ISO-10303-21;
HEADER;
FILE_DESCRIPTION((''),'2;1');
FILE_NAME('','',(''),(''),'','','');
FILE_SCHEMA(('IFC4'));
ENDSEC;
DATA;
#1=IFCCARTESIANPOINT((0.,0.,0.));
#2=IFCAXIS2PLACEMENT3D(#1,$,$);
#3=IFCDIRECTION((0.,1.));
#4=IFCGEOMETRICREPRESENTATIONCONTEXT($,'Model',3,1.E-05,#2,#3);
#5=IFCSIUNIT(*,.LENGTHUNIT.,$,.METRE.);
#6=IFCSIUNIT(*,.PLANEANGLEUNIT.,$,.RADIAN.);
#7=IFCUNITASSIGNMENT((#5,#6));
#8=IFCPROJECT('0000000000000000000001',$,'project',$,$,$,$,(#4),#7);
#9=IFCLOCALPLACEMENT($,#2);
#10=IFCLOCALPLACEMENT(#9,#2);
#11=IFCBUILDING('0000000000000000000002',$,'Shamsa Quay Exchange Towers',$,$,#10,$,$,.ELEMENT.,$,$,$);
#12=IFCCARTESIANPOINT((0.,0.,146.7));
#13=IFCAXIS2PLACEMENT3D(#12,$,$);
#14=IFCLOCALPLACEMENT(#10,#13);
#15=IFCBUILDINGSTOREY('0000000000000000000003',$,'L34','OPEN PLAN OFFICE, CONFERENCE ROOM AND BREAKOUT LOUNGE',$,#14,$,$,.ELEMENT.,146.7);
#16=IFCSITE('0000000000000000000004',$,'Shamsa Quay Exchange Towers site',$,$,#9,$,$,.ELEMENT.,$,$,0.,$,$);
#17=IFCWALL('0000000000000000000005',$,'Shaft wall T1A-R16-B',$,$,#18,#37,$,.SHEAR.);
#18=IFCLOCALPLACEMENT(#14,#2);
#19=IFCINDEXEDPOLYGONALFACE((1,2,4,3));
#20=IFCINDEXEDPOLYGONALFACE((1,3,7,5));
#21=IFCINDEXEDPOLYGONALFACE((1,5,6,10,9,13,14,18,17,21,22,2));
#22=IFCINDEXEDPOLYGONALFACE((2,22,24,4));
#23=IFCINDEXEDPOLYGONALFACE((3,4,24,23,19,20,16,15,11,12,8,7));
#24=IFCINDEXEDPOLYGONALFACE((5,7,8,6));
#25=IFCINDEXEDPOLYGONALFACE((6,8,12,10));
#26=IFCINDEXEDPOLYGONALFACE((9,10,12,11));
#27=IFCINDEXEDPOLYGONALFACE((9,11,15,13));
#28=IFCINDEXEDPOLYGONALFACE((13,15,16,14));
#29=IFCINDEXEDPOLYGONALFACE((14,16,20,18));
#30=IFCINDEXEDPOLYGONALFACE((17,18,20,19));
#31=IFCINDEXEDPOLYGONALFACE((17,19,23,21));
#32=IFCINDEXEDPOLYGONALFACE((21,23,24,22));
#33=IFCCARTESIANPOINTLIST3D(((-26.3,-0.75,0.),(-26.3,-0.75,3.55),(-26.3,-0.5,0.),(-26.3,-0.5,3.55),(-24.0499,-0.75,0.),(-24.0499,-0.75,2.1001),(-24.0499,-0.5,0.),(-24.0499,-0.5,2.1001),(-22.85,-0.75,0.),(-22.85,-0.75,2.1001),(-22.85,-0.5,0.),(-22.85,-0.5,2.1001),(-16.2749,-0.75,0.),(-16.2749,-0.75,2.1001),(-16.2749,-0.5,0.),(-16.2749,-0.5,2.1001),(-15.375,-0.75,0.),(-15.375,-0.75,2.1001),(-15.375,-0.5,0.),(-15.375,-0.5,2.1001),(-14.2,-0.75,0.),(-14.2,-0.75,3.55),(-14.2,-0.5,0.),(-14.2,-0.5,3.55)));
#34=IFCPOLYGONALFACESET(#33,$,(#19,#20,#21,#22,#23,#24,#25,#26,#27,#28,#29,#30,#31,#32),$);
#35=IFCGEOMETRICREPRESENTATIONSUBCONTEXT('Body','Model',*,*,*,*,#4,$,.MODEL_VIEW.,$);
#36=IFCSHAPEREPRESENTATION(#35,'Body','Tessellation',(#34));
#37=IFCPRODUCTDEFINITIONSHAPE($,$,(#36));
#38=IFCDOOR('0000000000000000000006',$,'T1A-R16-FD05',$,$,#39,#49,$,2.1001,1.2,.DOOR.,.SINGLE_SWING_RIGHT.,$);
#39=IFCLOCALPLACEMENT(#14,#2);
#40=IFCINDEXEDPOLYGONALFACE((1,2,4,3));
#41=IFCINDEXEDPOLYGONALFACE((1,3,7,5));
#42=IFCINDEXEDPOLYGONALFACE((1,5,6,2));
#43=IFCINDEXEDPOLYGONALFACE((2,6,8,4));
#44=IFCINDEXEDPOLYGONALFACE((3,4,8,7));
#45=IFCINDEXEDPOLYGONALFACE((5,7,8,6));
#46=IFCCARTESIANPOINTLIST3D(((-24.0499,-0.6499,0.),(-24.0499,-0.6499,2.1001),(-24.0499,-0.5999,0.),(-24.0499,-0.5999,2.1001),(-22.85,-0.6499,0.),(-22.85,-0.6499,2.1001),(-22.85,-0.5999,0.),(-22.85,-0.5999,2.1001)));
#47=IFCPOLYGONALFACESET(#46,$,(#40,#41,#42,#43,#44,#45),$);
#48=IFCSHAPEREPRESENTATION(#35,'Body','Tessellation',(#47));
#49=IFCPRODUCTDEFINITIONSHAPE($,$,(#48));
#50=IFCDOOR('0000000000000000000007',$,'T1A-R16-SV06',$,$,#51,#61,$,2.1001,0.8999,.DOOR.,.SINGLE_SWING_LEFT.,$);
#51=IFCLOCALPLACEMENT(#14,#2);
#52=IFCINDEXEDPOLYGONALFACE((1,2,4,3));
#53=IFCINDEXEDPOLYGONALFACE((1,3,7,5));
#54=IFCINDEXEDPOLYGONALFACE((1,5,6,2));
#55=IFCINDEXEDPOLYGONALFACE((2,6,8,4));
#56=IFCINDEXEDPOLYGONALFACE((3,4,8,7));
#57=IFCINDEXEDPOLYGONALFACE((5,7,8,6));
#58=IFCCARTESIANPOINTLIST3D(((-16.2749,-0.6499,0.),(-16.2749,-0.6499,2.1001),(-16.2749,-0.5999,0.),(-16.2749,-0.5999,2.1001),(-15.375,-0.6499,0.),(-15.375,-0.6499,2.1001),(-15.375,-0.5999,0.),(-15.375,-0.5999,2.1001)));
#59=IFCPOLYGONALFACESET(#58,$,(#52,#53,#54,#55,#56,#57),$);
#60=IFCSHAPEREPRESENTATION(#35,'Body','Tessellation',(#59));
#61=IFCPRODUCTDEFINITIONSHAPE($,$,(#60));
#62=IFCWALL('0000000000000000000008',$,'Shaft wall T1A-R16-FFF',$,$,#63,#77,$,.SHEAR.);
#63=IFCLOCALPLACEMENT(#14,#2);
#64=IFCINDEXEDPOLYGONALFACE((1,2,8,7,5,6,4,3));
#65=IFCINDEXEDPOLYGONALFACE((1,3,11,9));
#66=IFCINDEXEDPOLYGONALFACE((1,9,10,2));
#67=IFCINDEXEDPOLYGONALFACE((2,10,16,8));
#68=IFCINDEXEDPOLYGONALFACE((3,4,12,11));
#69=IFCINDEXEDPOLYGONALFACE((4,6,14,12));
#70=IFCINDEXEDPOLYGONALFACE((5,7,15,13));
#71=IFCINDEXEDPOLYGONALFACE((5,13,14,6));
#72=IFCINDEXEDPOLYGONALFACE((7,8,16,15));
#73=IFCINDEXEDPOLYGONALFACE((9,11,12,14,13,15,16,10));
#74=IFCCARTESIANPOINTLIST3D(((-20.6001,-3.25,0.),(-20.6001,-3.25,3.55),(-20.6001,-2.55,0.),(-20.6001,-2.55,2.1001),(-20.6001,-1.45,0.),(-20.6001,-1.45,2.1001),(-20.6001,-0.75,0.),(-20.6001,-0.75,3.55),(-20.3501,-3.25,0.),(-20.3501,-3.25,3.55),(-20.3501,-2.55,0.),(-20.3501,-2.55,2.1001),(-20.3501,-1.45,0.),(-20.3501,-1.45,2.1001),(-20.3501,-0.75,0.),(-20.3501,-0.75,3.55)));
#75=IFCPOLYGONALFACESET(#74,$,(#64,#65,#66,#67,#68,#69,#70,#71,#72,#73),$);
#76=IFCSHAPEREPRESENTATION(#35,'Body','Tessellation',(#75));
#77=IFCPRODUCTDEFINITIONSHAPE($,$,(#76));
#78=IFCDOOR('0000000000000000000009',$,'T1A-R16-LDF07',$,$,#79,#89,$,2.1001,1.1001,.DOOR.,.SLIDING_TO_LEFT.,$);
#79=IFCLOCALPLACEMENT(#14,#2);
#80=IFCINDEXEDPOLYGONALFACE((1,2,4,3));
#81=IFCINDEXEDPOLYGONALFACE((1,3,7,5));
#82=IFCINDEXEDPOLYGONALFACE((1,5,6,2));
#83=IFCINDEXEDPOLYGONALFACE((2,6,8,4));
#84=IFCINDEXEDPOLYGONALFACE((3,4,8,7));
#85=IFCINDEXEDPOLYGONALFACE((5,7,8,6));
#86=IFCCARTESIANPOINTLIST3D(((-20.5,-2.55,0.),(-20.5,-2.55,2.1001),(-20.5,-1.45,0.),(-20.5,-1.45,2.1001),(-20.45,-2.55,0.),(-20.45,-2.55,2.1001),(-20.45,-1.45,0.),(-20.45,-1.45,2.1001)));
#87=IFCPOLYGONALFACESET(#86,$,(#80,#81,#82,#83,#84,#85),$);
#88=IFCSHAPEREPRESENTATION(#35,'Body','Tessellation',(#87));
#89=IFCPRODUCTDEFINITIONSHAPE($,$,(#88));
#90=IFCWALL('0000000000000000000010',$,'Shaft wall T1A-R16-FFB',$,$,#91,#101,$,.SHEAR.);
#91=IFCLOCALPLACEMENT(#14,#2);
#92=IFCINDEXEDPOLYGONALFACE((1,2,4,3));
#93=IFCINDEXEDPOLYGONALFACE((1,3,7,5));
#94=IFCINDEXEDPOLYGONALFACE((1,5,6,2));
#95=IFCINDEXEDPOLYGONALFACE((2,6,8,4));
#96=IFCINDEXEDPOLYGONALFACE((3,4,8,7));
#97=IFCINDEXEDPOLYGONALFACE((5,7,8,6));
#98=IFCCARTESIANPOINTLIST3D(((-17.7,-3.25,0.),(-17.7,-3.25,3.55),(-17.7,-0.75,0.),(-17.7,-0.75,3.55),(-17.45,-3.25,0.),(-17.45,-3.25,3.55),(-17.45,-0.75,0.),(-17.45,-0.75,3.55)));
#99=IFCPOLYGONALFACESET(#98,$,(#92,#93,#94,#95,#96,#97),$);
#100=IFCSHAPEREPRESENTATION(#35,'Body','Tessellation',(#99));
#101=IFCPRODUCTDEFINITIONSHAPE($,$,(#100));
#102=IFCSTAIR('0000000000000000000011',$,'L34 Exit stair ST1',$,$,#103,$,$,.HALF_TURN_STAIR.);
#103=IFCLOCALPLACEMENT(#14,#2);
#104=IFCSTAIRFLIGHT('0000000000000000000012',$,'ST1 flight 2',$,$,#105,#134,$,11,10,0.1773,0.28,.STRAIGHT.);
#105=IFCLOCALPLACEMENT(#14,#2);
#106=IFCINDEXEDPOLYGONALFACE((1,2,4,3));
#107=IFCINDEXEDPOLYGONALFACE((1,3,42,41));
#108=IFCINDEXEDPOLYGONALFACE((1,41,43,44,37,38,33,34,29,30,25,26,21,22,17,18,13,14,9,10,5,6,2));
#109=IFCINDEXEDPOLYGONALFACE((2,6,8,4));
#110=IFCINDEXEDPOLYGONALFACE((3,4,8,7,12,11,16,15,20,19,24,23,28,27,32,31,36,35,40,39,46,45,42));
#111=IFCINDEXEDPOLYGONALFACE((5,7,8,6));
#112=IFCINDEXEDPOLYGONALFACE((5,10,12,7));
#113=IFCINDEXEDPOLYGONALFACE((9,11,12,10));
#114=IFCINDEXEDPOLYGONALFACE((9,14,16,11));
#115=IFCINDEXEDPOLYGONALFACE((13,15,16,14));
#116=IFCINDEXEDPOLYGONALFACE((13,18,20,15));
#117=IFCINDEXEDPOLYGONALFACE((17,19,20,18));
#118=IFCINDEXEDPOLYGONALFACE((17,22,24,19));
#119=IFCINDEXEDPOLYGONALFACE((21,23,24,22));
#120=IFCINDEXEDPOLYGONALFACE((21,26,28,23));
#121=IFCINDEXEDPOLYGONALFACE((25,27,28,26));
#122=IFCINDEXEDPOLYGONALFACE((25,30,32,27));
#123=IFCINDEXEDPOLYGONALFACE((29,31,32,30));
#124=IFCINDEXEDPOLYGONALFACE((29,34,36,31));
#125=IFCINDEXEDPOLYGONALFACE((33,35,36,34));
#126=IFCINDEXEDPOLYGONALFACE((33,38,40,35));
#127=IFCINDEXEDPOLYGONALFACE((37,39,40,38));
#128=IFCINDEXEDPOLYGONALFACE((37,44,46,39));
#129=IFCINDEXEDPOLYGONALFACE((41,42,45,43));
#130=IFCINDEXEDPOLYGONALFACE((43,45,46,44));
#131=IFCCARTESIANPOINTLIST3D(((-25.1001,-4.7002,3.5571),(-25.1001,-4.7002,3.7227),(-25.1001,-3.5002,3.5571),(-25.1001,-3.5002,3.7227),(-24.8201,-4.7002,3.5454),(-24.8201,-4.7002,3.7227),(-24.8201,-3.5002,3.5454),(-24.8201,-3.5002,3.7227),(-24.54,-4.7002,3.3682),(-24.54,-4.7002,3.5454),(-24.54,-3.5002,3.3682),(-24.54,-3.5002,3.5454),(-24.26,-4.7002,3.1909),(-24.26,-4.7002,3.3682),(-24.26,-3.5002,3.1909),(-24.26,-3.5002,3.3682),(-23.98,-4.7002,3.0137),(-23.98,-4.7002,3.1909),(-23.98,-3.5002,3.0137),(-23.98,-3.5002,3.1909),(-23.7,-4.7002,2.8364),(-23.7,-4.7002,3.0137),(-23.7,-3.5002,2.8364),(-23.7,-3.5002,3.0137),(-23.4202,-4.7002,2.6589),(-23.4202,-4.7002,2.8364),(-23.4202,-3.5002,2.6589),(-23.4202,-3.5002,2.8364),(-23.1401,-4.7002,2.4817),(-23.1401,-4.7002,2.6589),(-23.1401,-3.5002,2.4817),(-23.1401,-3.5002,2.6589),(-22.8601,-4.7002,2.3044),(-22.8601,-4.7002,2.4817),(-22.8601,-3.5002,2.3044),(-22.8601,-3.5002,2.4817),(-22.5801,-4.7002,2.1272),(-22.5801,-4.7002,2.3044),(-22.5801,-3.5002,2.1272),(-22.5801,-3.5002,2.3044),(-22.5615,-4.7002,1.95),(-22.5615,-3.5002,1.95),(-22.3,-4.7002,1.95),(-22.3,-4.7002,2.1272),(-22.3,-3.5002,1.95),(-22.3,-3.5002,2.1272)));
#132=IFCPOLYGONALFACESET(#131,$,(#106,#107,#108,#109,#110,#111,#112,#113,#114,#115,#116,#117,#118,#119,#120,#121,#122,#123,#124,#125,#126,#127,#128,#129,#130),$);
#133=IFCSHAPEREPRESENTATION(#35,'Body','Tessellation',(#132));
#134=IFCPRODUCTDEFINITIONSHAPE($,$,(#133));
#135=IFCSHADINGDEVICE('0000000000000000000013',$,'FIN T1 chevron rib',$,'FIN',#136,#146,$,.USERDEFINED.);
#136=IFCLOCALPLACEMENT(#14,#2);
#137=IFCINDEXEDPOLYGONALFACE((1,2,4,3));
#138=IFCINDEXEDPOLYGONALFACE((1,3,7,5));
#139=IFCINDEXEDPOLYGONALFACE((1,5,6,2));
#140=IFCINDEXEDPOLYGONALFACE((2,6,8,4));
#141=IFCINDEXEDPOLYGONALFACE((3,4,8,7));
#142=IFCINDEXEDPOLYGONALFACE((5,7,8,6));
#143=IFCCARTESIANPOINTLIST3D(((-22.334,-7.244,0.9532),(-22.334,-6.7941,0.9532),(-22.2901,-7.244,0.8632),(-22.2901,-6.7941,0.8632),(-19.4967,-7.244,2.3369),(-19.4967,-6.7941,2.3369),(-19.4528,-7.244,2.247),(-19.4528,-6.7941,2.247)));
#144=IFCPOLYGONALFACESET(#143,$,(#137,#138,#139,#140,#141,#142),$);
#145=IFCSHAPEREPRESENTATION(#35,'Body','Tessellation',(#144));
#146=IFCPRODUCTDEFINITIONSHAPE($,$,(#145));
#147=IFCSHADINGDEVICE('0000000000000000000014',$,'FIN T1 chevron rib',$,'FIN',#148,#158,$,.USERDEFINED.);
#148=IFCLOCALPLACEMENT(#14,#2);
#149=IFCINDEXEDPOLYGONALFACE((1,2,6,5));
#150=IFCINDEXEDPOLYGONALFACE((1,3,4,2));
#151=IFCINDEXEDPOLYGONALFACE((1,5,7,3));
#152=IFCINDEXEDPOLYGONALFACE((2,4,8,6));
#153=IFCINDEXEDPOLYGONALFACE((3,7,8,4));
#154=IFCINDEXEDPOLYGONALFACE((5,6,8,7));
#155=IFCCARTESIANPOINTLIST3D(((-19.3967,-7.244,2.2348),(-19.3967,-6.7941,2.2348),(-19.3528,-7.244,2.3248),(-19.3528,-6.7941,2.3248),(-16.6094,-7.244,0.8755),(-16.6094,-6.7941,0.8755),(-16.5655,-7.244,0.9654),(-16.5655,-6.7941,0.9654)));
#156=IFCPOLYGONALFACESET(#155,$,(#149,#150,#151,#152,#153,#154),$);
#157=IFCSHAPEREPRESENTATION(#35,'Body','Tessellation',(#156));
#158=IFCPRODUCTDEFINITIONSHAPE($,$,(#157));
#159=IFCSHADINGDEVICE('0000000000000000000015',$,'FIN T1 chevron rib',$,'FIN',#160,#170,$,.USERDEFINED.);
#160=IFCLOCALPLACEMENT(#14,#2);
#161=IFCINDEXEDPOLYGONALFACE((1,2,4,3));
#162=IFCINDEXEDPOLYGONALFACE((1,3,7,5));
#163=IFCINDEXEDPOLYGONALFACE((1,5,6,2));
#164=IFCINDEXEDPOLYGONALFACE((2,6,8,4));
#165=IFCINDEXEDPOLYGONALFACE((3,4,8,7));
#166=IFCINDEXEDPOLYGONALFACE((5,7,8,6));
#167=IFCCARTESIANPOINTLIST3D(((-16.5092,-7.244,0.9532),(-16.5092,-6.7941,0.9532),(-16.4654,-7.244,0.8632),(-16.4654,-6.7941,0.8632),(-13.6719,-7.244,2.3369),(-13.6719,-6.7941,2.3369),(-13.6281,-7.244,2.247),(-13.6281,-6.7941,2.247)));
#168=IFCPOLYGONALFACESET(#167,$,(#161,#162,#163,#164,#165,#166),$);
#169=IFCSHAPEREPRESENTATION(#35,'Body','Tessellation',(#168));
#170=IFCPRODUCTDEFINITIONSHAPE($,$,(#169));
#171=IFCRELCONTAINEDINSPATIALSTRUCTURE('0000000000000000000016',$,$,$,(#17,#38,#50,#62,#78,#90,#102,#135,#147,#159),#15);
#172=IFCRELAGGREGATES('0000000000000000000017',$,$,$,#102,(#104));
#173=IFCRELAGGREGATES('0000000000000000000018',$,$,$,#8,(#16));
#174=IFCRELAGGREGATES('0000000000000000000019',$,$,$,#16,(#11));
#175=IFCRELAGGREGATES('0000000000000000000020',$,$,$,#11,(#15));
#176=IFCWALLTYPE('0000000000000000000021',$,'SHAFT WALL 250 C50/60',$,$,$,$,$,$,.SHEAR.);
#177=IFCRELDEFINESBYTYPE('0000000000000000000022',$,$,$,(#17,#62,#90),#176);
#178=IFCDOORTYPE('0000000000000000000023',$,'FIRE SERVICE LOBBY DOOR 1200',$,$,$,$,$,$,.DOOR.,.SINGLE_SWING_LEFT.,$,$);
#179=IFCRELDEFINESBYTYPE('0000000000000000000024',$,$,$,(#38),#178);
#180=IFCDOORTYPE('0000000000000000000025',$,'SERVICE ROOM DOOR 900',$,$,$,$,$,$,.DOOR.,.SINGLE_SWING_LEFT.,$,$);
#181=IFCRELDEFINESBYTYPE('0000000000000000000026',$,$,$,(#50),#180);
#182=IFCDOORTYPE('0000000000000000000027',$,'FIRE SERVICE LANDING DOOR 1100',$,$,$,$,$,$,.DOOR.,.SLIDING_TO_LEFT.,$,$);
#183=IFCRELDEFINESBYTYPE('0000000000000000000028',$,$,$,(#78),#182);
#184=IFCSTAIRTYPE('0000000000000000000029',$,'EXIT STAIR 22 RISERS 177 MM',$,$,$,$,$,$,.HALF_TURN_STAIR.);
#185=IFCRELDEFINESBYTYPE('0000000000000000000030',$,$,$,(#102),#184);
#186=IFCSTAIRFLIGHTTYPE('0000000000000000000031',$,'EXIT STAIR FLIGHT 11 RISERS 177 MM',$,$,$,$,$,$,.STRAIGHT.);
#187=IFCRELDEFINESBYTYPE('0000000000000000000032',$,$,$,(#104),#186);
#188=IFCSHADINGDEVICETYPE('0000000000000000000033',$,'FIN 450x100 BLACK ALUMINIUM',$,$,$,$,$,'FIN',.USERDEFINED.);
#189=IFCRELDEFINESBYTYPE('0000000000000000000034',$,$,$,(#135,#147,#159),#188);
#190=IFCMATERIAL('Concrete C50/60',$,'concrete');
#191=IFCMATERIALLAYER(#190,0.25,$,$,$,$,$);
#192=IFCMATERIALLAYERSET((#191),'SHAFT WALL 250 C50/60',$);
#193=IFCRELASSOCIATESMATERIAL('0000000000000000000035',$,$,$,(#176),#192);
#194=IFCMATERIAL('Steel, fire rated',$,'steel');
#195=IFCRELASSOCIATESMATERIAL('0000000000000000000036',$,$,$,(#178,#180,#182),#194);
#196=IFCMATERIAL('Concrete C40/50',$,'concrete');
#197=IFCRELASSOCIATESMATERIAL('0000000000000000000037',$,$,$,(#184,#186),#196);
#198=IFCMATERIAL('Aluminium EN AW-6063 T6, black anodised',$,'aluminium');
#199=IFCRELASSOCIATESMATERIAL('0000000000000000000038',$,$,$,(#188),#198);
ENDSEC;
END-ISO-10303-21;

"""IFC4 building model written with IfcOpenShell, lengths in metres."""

from ifc_helpers import new_model, si_unit, direction, frame, frame_2d, origin, origin_2d, place, context, subcontext, project, spatial, polyline, rectangle, outline, extrude, material, layer, layer_set, material_profile, profile_set, type_object, element, fill, aggregate, save


model = new_model("IFC4")

# Units and contexts
model_context = context("Model", 3, precision=1e-05, world=origin(), true_north=direction((0.0, 1.0)))
body_context = subcontext(model_context, "Body", "Model", "MODEL_VIEW")
ifc_project = project(units=[si_unit("LENGTHUNIT", "METRE"), si_unit("PLANEANGLEUNIT", "RADIAN")], contexts=[model_context])

# Site, building, storey
site_placement = place(None, origin())
site = spatial("IfcSite", under=ifc_project, at=site_placement, Name="Shamsa Quay Exchange Towers site", CompositionType="ELEMENT", RefElevation=0.0)
building_placement = place(site_placement, origin())
building = spatial("IfcBuilding", under=site, at=building_placement, Name="Shamsa Quay Exchange Towers", CompositionType="ELEMENT")
storey_placement = place(building_placement, frame((0.0, 0.0, 146.7)))
storey = spatial("IfcBuildingStorey", under=building, at=storey_placement, Name="L34", Description="OPEN PLAN OFFICE, CONFERENCE ROOM AND BREAKOUT LOUNGE", CompositionType="ELEMENT", Elevation=146.7)

# Shared definitions
ifc_material_1 = material(Name="Aluminium EN AW-6063 T6, black anodised", Category="aluminium")

# Shared definitions
ifc_material_2 = material(Name="Concrete C50/60", Category="concrete")
ifc_layer_1 = layer(ifc_material_2, 0.25)
ifc_layer_set_1 = layer_set([ifc_layer_1], Name="SHAFT WALL 250 C50/60")
wall_type = type_object("IfcWallType", Name="SHAFT WALL 250 C50/60", PredefinedType="SHEAR", material=ifc_layer_set_1)
ifc_material_3 = material(Name="Steel, fire rated", Category="steel")

# Wall, openings, doors
wall_1_placement = place(storey_placement, frame((-14.2, -0.625, 0.0), z_axis=(0.0, 0.0, 1.0), x_axis=(-1.0, 0.0, 0.0)))
wall_1 = element("IfcWall", 1, at=wall_1_placement, inside=storey, type_object=wall_type, Name="Shaft wall T1A-R16-B", PredefinedType="SHEAR", context=body_context, shape_type="SweptSolid", body=[
    extrude(rectangle(XDim=12.1001, YDim=0.25, at=frame_2d((6.05, 0.0))), origin(), (0.0, 0.0, 1.0), 3.55),
])
opening_1_placement = place(wall_1_placement, frame((8.6499, 0.0, 0.0)))
opening_1 = element("IfcOpeningElement", 2, at=opening_1_placement, cuts=wall_1, PredefinedType="OPENING", context=body_context, shape_type="SweptSolid", body=[
    extrude(rectangle(XDim=1.2, YDim=2.1001, at=frame_2d((0.6001, 1.05))), frame((0.0, 0.135, 0.0), z_axis=(0.0, -1.0, 0.0), x_axis=(1.0, 0.0, 0.0)), (0.0, 0.0, 1.0), 0.27),
])
opening_2_placement = place(wall_1_placement, frame((1.175, 0.0, 0.0)))
opening_2 = element("IfcOpeningElement", 3, at=opening_2_placement, cuts=wall_1, PredefinedType="OPENING", context=body_context, shape_type="SweptSolid", body=[
    extrude(rectangle(XDim=0.8999, YDim=2.1001, at=frame_2d((0.45, 1.05))), frame((0.0, 0.135, 0.0), z_axis=(0.0, -1.0, 0.0), x_axis=(1.0, 0.0, 0.0)), (0.0, 0.0, 1.0), 0.27),
])
door_type_1 = type_object("IfcDoorType", Name="FIRE SERVICE LOBBY DOOR 1200", OperationType="SINGLE_SWING_LEFT", PredefinedType="DOOR", material=ifc_material_3)
door_1_placement = place(opening_1_placement, origin())
door_1 = element("IfcDoor", 4, at=door_1_placement, inside=storey, type_object=door_type_1, Name="T1A-R16-FD05", OperationType="SINGLE_SWING_RIGHT", OverallHeight=2.1001, OverallWidth=1.2, PredefinedType="DOOR", context=body_context, shape_type="SweptSolid", body=[
    extrude(rectangle(XDim=1.2, YDim=2.1001, at=frame_2d((0.6001, 1.05))), frame((0.0, 0.0249, 0.0), z_axis=(0.0, -1.0, 0.0), x_axis=(1.0, 0.0, 0.0)), (0.0, 0.0, 1.0), 0.05),
])
fill(opening_1, door_1)
door_type_2 = type_object("IfcDoorType", Name="SERVICE ROOM DOOR 900", OperationType="SINGLE_SWING_LEFT", PredefinedType="DOOR", material=ifc_material_3)
door_2_placement = place(opening_2_placement, origin())
door_2 = element("IfcDoor", 5, at=door_2_placement, inside=storey, type_object=door_type_2, Name="T1A-R16-SV06", OperationType="SINGLE_SWING_LEFT", OverallHeight=2.1001, OverallWidth=0.8999, PredefinedType="DOOR", context=body_context, shape_type="SweptSolid", body=[
    extrude(rectangle(XDim=0.8999, YDim=2.1001, at=frame_2d((0.45, 1.05))), frame((0.0, 0.0249, 0.0), z_axis=(0.0, -1.0, 0.0), x_axis=(1.0, 0.0, 0.0)), (0.0, 0.0, 1.0), 0.05),
])
fill(opening_2, door_2)

# Wall, opening, door
wall_2_placement = place(storey_placement, frame((-20.4751, -3.25, 0.0), z_axis=(0.0, 0.0, 1.0), x_axis=(0.0, 1.0, 0.0)))
wall_2 = element("IfcWall", 6, at=wall_2_placement, inside=storey, type_object=wall_type, Name="Shaft wall T1A-R16-FFF", PredefinedType="SHEAR", context=body_context, shape_type="SweptSolid", body=[
    extrude(rectangle(XDim=2.5, YDim=0.25, at=frame_2d((1.25, 0.0))), origin(), (0.0, 0.0, 1.0), 3.55),
])
opening_3_placement = place(wall_2_placement, frame((0.7, 0.0, 0.0)))
opening_3 = element("IfcOpeningElement", 7, at=opening_3_placement, cuts=wall_2, PredefinedType="OPENING", context=body_context, shape_type="SweptSolid", body=[
    extrude(rectangle(XDim=1.1001, YDim=2.1001, at=frame_2d((0.55, 1.05))), frame((0.0, 0.135, 0.0), z_axis=(0.0, -1.0, 0.0), x_axis=(1.0, 0.0, 0.0)), (0.0, 0.0, 1.0), 0.27),
])
door_type_3 = type_object("IfcDoorType", Name="FIRE SERVICE LANDING DOOR 1100", OperationType="SLIDING_TO_LEFT", PredefinedType="DOOR", material=ifc_material_3)
door_3_placement = place(opening_3_placement, origin())
door_3 = element("IfcDoor", 8, at=door_3_placement, inside=storey, type_object=door_type_3, Name="T1A-R16-LDF07", OperationType="SLIDING_TO_LEFT", OverallHeight=2.1001, OverallWidth=1.1001, PredefinedType="DOOR", context=body_context, shape_type="SweptSolid", body=[
    extrude(rectangle(XDim=1.1001, YDim=2.1001, at=frame_2d((0.55, 1.05))), frame((0.0, 0.0249, 0.0), z_axis=(0.0, -1.0, 0.0), x_axis=(1.0, 0.0, 0.0)), (0.0, 0.0, 1.0), 0.05),
])
fill(opening_3, door_3)

# Wall
wall_3_placement = place(storey_placement, frame((-17.575, -3.25, 0.0), z_axis=(0.0, 0.0, 1.0), x_axis=(0.0, 1.0, 0.0)))
element("IfcWall", 9, at=wall_3_placement, inside=storey, type_object=wall_type, Name="Shaft wall T1A-R16-FFB", PredefinedType="SHEAR", context=body_context, shape_type="SweptSolid", body=[
    extrude(rectangle(XDim=2.5, YDim=0.25, at=frame_2d((1.25, 0.0))), origin(), (0.0, 0.0, 1.0), 3.55),
])

# Stair, stair flight
ifc_material_4 = material(Name="Concrete C40/50", Category="concrete")
stair_type = type_object("IfcStairType", Name="EXIT STAIR 22 RISERS 177 MM", PredefinedType="HALF_TURN_STAIR", material=ifc_material_4)
stair_placement = place(storey_placement, origin())
stair = element("IfcStair", 10, at=stair_placement, inside=storey, type_object=stair_type, Name="L34 Exit stair ST1", PredefinedType="HALF_TURN_STAIR")
stair_flight_type = type_object("IfcStairFlightType", Name="EXIT STAIR FLIGHT 11 RISERS 177 MM", PredefinedType="STRAIGHT", material=ifc_material_4)
stair_flight_placement = place(storey_placement, frame((-22.3, -4.1001, 1.95), z_axis=(0.0, 0.0, 1.0), x_axis=(-1.0, 0.0, 0.0)))
stair_flight = element("IfcStairFlight", 11, at=stair_flight_placement, type_object=stair_flight_type, Name="ST1 flight 2", NumberOfRisers=11, NumberOfTreads=10, PredefinedType="STRAIGHT", RiserHeight=0.1773, TreadLength=0.28, context=body_context, shape_type="SweptSolid", body=[
    extrude(outline(polyline([(0.0, 0.0), (0.0, 0.1772), (0.28, 0.1772), (0.28, 0.3545), (0.5601, 0.3545), (0.5601, 0.5317), (0.8401, 0.5317), (0.8401, 0.709), (1.1201, 0.709), (1.1201, 0.8865), (1.3999, 0.8865), (1.3999, 1.0637), (1.6799, 1.0637), (1.6799, 1.241), (1.96, 1.241), (1.96, 1.4182), (2.24, 1.4182), (2.24, 1.5955), (2.52, 1.5955), (2.52, 1.7727), (2.8, 1.7727), (2.8, 1.95), (2.8, 1.6072), (0.2615, 0.0), (0.0, 0.0)])), frame((0.0, 0.6001, 0.0), z_axis=(0.0, -1.0, 0.0), x_axis=(1.0, 0.0, 0.0)), (0.0, 0.0, 1.0), 1.2),
])
aggregate(stair, [stair_flight])

# Shading devices
ifc_material_profile_1 = material_profile(ifc_material_1, rectangle(XDim=0.45, YDim=0.1001, at=origin_2d()), Name="FIN450x100")
ifc_profile_set_1 = profile_set([ifc_material_profile_1], Name="Aluminium EN AW-6063 T6, black anodised")
shading_device_type = type_object("IfcShadingDeviceType", Name="FIN 450x100 BLACK ALUMINIUM", ElementType="FIN", PredefinedType="USERDEFINED", material=ifc_profile_set_1)
shading_device_1_placement = place(storey_placement, frame((-22.312, -7.019, 0.9082), z_axis=(0.898807, 0.0, 0.438344), x_axis=(0.0, 1.0, 0.0)))
element("IfcShadingDevice", 12, at=shading_device_1_placement, inside=storey, type_object=shading_device_type, Name="FIN T1 chevron rib", ObjectType="FIN", PredefinedType="USERDEFINED", context=body_context, shape_type="SweptSolid", body=[
    extrude(rectangle(XDim=0.45, YDim=0.1001, at=origin_2d()), origin(), (0.0, 0.0, 1.0), 3.1567),
])
shading_device_2_placement = place(storey_placement, frame((-19.3748, -7.019, 2.2798), z_axis=(0.898808, 0.0, -0.438343), x_axis=(0.0, 1.0, 0.0)))
element("IfcShadingDevice", 13, at=shading_device_2_placement, inside=storey, type_object=shading_device_type, Name="FIN T1 chevron rib", ObjectType="FIN", PredefinedType="USERDEFINED", context=body_context, shape_type="SweptSolid", body=[
    extrude(rectangle(XDim=0.45, YDim=0.1001, at=origin_2d()), origin(), (0.0, 0.0, 1.0), 3.1011),
])
shading_device_3_placement = place(storey_placement, frame((-16.4873, -7.019, 0.9082), z_axis=(0.898807, 0.0, 0.438344), x_axis=(0.0, 1.0, 0.0)))
element("IfcShadingDevice", 14, at=shading_device_3_placement, inside=storey, type_object=shading_device_type, Name="FIN T1 chevron rib", ObjectType="FIN", PredefinedType="USERDEFINED", context=body_context, shape_type="SweptSolid", body=[
    extrude(rectangle(XDim=0.45, YDim=0.1001, at=origin_2d()), origin(), (0.0, 0.0, 1.0), 3.1567),
])

save(model, "model.ifc")
